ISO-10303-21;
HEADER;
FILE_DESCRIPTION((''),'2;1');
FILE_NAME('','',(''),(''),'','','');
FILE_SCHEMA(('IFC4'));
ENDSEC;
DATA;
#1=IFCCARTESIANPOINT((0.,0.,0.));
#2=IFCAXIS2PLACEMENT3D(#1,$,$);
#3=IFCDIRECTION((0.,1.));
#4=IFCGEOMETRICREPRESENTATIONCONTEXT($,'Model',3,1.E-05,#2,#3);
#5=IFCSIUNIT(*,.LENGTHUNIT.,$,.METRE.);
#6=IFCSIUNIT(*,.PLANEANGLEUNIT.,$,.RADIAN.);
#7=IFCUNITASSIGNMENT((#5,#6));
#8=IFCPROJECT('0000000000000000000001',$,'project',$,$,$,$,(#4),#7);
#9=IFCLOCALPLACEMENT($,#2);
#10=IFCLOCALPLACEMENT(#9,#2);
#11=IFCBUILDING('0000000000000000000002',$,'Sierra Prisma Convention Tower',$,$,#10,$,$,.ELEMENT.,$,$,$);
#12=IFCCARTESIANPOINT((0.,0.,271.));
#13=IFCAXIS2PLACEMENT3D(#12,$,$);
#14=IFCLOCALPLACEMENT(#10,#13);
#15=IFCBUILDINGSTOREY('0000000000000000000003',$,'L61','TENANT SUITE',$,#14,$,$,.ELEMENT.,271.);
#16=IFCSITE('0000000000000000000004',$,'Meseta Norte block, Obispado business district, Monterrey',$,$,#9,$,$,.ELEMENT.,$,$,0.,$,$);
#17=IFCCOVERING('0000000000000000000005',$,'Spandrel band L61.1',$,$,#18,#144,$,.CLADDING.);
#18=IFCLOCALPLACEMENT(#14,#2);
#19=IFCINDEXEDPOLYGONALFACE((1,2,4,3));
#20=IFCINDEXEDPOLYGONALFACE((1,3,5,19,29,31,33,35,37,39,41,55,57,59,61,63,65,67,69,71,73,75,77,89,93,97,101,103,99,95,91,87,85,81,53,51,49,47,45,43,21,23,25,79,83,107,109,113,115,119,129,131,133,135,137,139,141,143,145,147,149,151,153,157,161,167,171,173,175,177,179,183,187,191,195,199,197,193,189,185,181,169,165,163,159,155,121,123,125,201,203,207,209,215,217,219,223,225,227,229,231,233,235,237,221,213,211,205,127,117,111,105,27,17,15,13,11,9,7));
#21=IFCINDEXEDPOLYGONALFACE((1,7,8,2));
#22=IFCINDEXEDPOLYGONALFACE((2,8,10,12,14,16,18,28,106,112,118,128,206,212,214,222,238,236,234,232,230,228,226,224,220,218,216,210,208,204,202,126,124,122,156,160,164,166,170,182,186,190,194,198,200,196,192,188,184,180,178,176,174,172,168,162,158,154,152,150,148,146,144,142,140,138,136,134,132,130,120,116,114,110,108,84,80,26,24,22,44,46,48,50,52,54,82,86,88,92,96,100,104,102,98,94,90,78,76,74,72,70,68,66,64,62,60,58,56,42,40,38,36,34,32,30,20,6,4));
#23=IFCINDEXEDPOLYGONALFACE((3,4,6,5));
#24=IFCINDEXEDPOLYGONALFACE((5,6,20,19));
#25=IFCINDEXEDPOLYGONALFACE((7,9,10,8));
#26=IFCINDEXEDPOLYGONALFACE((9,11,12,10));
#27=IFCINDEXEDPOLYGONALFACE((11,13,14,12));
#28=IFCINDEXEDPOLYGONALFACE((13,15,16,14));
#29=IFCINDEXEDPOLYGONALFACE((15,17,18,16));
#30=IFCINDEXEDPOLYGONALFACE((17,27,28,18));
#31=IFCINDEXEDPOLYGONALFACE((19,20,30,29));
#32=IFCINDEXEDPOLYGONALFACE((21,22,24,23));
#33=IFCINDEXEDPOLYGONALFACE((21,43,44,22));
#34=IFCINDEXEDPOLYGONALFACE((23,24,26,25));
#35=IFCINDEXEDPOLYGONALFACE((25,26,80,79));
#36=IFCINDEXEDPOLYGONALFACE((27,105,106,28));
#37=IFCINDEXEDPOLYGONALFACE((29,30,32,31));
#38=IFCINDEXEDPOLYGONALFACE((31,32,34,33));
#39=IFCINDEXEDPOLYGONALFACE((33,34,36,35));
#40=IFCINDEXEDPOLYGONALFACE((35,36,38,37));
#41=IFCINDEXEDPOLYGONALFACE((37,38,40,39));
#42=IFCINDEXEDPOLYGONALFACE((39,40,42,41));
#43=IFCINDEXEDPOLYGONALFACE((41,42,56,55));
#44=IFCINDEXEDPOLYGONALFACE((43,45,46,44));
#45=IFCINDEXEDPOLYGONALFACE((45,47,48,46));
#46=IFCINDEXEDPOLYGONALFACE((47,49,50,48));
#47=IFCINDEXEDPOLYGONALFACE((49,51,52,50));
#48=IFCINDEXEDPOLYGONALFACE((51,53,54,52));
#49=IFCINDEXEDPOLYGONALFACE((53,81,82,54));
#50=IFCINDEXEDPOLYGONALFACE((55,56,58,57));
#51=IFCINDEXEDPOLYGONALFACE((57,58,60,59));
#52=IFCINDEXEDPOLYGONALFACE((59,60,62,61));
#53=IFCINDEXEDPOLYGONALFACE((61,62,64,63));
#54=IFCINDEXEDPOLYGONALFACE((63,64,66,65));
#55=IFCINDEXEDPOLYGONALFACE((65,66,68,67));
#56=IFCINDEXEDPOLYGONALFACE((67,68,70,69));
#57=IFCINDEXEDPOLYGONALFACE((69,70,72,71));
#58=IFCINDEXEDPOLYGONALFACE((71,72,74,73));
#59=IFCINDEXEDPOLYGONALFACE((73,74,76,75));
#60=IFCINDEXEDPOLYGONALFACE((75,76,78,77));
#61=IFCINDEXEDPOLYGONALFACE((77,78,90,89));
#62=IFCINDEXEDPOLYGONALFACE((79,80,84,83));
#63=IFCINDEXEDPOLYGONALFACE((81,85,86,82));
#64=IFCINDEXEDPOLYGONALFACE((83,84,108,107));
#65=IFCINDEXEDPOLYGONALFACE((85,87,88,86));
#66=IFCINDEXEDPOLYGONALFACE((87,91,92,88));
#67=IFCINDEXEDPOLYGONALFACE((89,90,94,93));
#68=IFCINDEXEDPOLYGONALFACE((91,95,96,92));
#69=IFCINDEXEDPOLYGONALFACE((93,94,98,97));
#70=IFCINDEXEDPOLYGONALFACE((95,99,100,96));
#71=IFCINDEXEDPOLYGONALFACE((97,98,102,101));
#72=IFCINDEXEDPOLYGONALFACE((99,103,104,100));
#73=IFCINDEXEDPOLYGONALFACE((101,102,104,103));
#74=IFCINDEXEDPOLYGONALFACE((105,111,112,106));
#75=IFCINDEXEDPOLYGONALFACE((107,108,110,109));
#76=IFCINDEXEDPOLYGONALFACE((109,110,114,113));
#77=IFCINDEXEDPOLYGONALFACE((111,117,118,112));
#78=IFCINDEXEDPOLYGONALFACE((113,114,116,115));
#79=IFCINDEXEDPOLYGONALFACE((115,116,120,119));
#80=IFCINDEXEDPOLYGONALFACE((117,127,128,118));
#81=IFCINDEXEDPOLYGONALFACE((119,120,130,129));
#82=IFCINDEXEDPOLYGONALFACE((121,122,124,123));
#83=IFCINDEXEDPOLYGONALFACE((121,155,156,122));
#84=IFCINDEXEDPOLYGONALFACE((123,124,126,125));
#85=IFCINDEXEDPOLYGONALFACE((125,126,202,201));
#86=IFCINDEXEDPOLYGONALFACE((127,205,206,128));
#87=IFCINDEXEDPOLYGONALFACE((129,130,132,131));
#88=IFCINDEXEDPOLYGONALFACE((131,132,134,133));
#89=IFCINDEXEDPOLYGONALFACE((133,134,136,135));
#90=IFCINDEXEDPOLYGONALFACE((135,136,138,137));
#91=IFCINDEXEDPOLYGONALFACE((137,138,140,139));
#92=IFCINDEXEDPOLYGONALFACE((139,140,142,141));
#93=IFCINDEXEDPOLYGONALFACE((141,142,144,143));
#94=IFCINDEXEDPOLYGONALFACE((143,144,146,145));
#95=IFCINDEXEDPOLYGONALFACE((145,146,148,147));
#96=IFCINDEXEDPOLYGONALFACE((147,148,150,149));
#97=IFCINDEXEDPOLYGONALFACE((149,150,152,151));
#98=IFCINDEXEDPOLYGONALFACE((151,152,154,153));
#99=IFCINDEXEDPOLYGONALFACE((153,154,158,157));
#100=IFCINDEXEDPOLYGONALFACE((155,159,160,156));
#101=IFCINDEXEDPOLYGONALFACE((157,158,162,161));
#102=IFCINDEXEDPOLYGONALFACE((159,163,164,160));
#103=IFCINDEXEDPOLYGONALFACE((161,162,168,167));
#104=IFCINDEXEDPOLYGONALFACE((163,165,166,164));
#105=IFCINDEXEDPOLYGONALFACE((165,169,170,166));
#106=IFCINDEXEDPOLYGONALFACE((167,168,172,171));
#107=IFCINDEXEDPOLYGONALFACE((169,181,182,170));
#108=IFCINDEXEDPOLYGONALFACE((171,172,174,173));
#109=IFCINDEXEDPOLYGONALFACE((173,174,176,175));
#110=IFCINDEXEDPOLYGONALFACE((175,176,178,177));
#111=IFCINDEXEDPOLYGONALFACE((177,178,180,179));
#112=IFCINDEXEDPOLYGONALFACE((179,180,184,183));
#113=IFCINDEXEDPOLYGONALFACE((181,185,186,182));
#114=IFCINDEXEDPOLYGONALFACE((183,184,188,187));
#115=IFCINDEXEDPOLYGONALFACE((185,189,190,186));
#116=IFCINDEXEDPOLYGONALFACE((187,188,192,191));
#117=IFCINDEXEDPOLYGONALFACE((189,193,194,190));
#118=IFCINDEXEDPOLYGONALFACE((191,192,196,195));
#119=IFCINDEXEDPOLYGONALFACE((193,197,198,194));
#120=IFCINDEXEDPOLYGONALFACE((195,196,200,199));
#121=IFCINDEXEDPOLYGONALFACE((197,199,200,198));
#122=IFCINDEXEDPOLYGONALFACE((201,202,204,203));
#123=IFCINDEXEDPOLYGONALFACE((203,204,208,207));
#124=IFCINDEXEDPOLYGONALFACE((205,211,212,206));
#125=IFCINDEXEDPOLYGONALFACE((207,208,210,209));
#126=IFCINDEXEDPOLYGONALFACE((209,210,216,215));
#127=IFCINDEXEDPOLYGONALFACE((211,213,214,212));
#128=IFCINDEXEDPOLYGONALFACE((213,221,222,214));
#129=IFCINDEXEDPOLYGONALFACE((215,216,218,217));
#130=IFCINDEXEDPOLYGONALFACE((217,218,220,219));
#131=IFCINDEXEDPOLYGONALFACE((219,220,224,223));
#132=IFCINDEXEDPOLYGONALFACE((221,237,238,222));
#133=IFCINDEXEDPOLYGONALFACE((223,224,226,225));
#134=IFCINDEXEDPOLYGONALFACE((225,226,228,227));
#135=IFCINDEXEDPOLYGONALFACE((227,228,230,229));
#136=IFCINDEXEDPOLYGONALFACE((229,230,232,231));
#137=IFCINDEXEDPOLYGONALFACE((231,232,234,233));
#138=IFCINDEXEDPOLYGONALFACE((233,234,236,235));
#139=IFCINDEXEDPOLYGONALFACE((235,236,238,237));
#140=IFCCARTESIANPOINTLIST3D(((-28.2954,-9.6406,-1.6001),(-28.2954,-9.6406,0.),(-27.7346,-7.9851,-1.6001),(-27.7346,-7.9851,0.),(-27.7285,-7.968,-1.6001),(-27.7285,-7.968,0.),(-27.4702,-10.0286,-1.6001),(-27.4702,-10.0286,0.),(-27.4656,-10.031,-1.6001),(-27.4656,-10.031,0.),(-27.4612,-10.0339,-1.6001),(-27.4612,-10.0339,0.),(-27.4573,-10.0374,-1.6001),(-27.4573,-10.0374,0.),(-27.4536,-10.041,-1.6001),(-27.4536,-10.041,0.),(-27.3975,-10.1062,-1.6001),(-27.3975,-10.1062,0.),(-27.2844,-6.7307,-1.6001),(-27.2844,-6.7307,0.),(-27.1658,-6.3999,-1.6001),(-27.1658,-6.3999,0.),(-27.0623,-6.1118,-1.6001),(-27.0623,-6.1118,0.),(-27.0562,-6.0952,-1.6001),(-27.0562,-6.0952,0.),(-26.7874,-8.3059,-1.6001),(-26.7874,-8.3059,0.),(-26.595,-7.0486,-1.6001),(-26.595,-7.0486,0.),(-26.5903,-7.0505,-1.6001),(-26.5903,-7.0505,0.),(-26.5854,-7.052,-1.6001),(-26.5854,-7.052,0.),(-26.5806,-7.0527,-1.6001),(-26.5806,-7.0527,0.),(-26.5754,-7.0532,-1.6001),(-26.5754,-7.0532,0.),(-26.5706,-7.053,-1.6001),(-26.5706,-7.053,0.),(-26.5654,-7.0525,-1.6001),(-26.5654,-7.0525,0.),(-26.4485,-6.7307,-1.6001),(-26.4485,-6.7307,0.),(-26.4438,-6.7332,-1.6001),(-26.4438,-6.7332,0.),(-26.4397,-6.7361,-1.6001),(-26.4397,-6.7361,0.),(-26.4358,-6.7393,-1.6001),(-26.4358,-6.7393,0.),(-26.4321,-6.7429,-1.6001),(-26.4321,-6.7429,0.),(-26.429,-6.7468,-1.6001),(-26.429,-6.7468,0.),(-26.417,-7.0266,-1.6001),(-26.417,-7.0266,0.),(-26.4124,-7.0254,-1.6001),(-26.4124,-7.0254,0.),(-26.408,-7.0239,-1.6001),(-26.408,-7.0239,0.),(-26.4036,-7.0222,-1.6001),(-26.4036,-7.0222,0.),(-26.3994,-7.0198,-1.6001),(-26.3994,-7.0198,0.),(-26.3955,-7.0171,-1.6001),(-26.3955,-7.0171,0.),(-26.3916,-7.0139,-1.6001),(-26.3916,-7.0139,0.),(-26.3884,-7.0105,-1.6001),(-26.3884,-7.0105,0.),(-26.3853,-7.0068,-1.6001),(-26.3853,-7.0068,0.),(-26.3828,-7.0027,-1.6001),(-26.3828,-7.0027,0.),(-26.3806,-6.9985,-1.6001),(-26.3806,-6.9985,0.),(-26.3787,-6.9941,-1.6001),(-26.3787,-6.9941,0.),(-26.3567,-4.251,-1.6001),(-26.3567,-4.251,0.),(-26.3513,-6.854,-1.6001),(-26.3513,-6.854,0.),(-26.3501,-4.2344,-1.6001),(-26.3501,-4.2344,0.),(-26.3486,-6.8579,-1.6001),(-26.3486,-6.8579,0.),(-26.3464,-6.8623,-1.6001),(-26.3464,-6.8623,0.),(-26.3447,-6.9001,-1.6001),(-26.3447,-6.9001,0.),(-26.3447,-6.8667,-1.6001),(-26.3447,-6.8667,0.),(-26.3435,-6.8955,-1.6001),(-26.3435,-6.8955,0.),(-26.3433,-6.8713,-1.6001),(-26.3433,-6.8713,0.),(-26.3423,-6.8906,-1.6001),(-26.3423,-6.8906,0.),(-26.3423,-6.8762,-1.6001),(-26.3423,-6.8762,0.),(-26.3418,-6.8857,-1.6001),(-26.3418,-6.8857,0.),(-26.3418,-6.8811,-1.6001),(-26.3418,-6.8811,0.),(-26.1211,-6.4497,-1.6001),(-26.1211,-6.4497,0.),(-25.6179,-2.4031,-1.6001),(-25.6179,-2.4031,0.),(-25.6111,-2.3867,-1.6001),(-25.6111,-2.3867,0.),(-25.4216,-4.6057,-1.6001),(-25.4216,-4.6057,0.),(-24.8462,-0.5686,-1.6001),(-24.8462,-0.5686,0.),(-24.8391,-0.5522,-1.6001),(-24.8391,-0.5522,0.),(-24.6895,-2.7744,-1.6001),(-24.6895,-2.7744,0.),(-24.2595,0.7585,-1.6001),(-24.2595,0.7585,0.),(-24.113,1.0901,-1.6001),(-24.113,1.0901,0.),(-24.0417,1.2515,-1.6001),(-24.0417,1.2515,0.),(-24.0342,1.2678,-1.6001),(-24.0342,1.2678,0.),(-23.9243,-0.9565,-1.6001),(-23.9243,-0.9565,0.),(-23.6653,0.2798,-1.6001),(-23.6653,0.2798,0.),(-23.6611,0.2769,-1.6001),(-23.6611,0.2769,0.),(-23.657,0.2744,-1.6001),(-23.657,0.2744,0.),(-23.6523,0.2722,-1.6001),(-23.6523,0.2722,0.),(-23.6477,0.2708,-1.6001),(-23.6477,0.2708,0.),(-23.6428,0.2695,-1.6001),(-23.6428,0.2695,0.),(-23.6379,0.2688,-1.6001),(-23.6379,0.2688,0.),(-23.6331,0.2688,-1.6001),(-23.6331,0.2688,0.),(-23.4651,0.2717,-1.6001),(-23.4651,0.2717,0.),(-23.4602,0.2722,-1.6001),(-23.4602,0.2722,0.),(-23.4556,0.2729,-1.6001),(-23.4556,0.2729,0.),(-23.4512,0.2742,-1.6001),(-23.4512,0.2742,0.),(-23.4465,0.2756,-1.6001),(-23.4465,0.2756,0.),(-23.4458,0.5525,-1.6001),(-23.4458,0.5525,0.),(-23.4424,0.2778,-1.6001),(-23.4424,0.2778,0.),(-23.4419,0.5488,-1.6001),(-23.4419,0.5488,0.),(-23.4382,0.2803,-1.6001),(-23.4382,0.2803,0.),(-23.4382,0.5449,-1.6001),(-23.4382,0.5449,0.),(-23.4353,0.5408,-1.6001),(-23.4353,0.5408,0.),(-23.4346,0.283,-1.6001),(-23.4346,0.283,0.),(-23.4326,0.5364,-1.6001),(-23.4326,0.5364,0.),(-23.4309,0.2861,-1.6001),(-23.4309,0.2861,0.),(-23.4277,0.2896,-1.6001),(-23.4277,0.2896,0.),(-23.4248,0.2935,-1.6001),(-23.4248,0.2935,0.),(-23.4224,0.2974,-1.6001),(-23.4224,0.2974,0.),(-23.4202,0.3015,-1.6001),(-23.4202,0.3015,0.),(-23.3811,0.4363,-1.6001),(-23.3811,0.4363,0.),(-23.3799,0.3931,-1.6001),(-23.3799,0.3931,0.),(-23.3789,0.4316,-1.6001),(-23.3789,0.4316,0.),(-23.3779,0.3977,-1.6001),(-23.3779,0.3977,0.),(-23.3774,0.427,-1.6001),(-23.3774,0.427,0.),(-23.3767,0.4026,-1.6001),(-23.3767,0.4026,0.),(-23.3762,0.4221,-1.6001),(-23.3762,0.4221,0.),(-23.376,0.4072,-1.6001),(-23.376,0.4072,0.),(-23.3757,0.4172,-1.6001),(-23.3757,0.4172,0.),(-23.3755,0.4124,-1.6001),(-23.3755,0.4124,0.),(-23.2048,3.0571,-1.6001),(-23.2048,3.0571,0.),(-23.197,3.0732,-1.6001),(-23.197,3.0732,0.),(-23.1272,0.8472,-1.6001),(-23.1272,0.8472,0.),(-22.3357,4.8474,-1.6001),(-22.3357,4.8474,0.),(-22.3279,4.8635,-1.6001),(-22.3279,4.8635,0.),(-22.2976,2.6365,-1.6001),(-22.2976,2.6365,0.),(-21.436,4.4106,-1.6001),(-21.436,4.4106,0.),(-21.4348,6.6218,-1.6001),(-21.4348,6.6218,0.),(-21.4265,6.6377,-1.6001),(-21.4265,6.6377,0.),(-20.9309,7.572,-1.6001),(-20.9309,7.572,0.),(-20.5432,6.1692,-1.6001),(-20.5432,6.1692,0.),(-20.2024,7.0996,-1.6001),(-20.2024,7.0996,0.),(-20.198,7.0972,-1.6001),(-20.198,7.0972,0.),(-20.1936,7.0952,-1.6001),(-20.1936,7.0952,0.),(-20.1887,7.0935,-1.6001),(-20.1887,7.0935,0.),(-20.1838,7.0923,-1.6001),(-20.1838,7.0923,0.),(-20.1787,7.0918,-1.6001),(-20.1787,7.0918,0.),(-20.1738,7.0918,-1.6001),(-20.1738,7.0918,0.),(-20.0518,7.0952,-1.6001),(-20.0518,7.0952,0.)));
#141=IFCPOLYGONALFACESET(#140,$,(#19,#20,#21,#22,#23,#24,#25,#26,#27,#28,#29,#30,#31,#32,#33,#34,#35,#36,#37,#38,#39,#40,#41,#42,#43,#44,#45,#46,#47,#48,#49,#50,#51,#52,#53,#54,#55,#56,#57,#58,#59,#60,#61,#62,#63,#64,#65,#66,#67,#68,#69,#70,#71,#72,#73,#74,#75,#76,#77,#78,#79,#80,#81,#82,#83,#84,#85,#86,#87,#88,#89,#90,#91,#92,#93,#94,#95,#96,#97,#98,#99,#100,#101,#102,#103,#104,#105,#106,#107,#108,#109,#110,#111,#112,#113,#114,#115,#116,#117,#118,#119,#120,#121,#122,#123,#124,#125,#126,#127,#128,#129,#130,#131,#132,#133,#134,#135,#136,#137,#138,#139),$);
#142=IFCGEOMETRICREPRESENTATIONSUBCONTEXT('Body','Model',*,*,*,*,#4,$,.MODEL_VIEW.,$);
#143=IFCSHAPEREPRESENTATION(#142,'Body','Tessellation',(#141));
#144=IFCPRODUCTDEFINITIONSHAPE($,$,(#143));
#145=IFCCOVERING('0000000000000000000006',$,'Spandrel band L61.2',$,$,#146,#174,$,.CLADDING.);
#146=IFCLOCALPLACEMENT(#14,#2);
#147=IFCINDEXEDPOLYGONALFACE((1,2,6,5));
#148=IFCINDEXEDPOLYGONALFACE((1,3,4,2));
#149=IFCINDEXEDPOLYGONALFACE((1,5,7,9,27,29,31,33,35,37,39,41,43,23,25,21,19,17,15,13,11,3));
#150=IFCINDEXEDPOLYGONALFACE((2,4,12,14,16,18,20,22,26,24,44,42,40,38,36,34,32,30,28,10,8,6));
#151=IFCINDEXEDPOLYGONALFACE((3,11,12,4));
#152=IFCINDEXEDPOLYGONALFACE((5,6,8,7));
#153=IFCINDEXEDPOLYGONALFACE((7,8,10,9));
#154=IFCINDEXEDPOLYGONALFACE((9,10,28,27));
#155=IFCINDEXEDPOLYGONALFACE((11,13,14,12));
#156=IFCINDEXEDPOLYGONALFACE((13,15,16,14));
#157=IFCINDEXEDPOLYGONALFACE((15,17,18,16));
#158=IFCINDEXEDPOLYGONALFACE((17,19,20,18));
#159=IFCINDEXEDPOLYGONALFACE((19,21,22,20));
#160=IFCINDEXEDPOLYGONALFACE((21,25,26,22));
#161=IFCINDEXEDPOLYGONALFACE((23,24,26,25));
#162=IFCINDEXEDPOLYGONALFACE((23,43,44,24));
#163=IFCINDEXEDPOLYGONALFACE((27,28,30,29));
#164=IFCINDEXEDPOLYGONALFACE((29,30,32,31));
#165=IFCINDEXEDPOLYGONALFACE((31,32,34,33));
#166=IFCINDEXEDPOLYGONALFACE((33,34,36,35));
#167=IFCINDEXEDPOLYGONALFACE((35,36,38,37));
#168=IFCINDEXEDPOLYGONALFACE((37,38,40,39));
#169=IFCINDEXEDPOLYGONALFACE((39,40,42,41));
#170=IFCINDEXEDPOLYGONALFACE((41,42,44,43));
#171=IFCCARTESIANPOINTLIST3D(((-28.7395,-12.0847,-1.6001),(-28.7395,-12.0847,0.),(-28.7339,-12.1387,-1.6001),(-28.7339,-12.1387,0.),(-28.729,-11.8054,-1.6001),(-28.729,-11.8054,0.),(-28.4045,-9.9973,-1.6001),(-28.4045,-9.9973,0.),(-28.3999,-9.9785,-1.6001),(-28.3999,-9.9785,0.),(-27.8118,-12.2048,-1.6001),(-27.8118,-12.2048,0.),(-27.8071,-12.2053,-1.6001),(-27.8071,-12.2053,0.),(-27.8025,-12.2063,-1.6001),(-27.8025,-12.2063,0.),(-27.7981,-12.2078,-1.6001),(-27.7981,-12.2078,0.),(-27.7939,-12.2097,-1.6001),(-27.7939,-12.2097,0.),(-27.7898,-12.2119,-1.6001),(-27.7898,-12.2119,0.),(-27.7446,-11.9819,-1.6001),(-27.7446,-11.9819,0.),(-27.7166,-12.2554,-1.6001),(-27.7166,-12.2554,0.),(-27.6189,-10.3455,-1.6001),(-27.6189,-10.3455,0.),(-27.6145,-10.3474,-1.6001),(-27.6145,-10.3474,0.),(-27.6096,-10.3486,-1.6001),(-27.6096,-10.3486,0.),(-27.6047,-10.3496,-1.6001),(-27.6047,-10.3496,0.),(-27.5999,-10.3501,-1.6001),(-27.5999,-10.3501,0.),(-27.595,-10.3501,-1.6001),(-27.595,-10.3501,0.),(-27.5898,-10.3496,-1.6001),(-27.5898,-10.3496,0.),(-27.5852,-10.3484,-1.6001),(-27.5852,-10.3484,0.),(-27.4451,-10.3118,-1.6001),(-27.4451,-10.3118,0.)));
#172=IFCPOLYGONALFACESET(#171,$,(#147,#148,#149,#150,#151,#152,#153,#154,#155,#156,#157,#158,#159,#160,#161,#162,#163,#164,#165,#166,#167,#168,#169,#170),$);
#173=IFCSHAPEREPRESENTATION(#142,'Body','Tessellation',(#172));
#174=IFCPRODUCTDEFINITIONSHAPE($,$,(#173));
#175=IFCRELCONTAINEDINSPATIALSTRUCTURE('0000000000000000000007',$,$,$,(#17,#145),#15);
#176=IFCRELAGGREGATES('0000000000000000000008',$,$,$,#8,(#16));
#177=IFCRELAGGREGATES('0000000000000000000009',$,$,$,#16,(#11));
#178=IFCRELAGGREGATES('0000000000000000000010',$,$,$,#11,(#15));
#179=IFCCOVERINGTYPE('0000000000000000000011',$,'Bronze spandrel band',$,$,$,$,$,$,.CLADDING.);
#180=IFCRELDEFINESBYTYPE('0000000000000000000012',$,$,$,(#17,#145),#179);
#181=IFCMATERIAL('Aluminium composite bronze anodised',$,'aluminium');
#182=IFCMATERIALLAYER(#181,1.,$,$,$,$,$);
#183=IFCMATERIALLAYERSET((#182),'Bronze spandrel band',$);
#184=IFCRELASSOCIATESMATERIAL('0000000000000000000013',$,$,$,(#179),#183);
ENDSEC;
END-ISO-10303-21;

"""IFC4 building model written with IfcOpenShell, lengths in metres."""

from ifc_helpers import new_model, si_unit, direction, frame, origin, place, context, subcontext, project, spatial, polyline, outline, extrude, material, layer, layer_set, type_object, element, save


model = new_model("IFC4")

# Units and contexts
model_context = context("Model", 3, precision=1e-05, world=origin(), true_north=direction((0.0, 1.0)))
body_context = subcontext(model_context, "Body", "Model", "MODEL_VIEW")
ifc_project = project(units=[si_unit("LENGTHUNIT", "METRE"), si_unit("PLANEANGLEUNIT", "RADIAN")], contexts=[model_context])

# Site, building, storey
site_placement = place(None, origin())
site = spatial("IfcSite", under=ifc_project, at=site_placement, Name="Meseta Norte block, Obispado business district, Monterrey", CompositionType="ELEMENT", RefElevation=0.0)
building_placement = place(site_placement, origin())
building = spatial("IfcBuilding", under=site, at=building_placement, Name="Sierra Prisma Convention Tower", CompositionType="ELEMENT")
storey_placement = place(building_placement, frame((0.0, 0.0, 271.0)))
storey = spatial("IfcBuildingStorey", under=building, at=storey_placement, Name="L61", Description="TENANT SUITE", CompositionType="ELEMENT", Elevation=271.0)

# Coverings
ifc_material_1 = material(Name="Aluminium composite bronze anodised", Category="aluminium")
ifc_layer_1 = layer(ifc_material_1, 1.0)
ifc_layer_set_1 = layer_set([ifc_layer_1], Name="Bronze spandrel band")
covering_type = type_object("IfcCoveringType", Name="Bronze spandrel band", PredefinedType="CLADDING", material=ifc_layer_set_1)
covering_1_placement = place(storey_placement, frame((0.0, 0.0, -1.6001)))
element("IfcCovering", 1, at=covering_1_placement, inside=storey, type_object=covering_type, Name="Spandrel band L61.1", PredefinedType="CLADDING", context=body_context, shape_type="SweptSolid", body=[
    extrude(outline(polyline([(-26.3916, -7.0139), (-26.3884, -7.0105), (-26.3853, -7.0068), (-26.3828, -7.0027), (-26.3806, -6.9985), (-26.3787, -6.9941), (-26.3447, -6.9001), (-26.3435, -6.8955), (-26.3423, -6.8906), (-26.3418, -6.8857), (-26.3418, -6.8811), (-26.3423, -6.8762), (-26.3433, -6.8713), (-26.3447, -6.8667), (-26.3464, -6.8623), (-26.3486, -6.8579), (-26.3513, -6.854), (-26.429, -6.7468), (-26.4321, -6.7429), (-26.4358, -6.7393), (-26.4397, -6.7361), (-26.4438, -6.7332), (-26.4485, -6.7307), (-27.1658, -6.3999), (-27.0623, -6.1118), (-27.0562, -6.0952), (-26.3567, -4.251), (-26.3501, -4.2344), (-25.6179, -2.4031), (-25.6111, -2.3867), (-24.8462, -0.5686), (-24.8391, -0.5522), (-24.2595, 0.7585), (-23.6653, 0.2798), (-23.6611, 0.2769), (-23.657, 0.2744), (-23.6523, 0.2722), (-23.6477, 0.2708), (-23.6428, 0.2695), (-23.6379, 0.2688), (-23.6331, 0.2688), (-23.4651, 0.2717), (-23.4602, 0.2722), (-23.4556, 0.2729), (-23.4512, 0.2742), (-23.4465, 0.2756), (-23.4424, 0.2778), (-23.4382, 0.2803), (-23.4346, 0.283), (-23.4309, 0.2861), (-23.4277, 0.2896), (-23.4248, 0.2935), (-23.4224, 0.2974), (-23.4202, 0.3015), (-23.3799, 0.3931), (-23.3779, 0.3977), (-23.3767, 0.4026), (-23.376, 0.4072), (-23.3755, 0.4124), (-23.3757, 0.4172), (-23.3762, 0.4221), (-23.3774, 0.427), (-23.3789, 0.4316), (-23.3811, 0.4363), (-23.4326, 0.5364), (-23.4353, 0.5408), (-23.4382, 0.5449), (-23.4419, 0.5488), (-23.4458, 0.5525), (-24.113, 1.0901), (-24.0417, 1.2515), (-24.0342, 1.2678), (-23.2048, 3.0571), (-23.197, 3.0732), (-22.3357, 4.8474), (-22.3279, 4.8635), (-21.4348, 6.6218), (-21.4265, 6.6377), (-20.9309, 7.572), (-20.2024, 7.0996), (-20.198, 7.0972), (-20.1936, 7.0952), (-20.1887, 7.0935), (-20.1838, 7.0923), (-20.1787, 7.0918), (-20.1738, 7.0918), (-20.0518, 7.0952), (-20.5432, 6.1692), (-21.436, 4.4106), (-22.2976, 2.6365), (-23.1272, 0.8472), (-23.9243, -0.9565), (-24.6895, -2.7744), (-25.4216, -4.6057), (-26.1211, -6.4497), (-26.7874, -8.3059), (-27.3975, -10.1062), (-27.4536, -10.041), (-27.4573, -10.0374), (-27.4612, -10.0339), (-27.4656, -10.031), (-27.4702, -10.0286), (-28.2954, -9.6406), (-27.7346, -7.9851), (-27.7285, -7.968), (-27.2844, -6.7307), (-26.595, -7.0486), (-26.5903, -7.0505), (-26.5854, -7.052), (-26.5806, -7.0527), (-26.5754, -7.0532), (-26.5706, -7.053), (-26.5654, -7.0525), (-26.417, -7.0266), (-26.4124, -7.0254), (-26.408, -7.0239), (-26.4036, -7.0222), (-26.3994, -7.0198), (-26.3955, -7.0171), (-26.3916, -7.0139)])), origin(), (0.0, 0.0, 1.0), 1.6001),
])
covering_2_placement = place(storey_placement, frame((0.0, 0.0, -1.6001)))
element("IfcCovering", 2, at=covering_2_placement, inside=storey, type_object=covering_type, Name="Spandrel band L61.2", PredefinedType="CLADDING", context=body_context, shape_type="SweptSolid", body=[
    extrude(outline(polyline([(-27.8071, -12.2053), (-27.8118, -12.2048), (-28.7339, -12.1387), (-28.7395, -12.0847), (-28.729, -11.8054), (-28.4045, -9.9973), (-28.3999, -9.9785), (-27.6189, -10.3455), (-27.6145, -10.3474), (-27.6096, -10.3486), (-27.6047, -10.3496), (-27.5999, -10.3501), (-27.595, -10.3501), (-27.5898, -10.3496), (-27.5852, -10.3484), (-27.4451, -10.3118), (-27.7446, -11.9819), (-27.7166, -12.2554), (-27.7898, -12.2119), (-27.7939, -12.2097), (-27.7981, -12.2078), (-27.8025, -12.2063), (-27.8071, -12.2053)])), origin(), (0.0, 0.0, 1.0), 1.6001),
])

save(model, "model.ifc")
